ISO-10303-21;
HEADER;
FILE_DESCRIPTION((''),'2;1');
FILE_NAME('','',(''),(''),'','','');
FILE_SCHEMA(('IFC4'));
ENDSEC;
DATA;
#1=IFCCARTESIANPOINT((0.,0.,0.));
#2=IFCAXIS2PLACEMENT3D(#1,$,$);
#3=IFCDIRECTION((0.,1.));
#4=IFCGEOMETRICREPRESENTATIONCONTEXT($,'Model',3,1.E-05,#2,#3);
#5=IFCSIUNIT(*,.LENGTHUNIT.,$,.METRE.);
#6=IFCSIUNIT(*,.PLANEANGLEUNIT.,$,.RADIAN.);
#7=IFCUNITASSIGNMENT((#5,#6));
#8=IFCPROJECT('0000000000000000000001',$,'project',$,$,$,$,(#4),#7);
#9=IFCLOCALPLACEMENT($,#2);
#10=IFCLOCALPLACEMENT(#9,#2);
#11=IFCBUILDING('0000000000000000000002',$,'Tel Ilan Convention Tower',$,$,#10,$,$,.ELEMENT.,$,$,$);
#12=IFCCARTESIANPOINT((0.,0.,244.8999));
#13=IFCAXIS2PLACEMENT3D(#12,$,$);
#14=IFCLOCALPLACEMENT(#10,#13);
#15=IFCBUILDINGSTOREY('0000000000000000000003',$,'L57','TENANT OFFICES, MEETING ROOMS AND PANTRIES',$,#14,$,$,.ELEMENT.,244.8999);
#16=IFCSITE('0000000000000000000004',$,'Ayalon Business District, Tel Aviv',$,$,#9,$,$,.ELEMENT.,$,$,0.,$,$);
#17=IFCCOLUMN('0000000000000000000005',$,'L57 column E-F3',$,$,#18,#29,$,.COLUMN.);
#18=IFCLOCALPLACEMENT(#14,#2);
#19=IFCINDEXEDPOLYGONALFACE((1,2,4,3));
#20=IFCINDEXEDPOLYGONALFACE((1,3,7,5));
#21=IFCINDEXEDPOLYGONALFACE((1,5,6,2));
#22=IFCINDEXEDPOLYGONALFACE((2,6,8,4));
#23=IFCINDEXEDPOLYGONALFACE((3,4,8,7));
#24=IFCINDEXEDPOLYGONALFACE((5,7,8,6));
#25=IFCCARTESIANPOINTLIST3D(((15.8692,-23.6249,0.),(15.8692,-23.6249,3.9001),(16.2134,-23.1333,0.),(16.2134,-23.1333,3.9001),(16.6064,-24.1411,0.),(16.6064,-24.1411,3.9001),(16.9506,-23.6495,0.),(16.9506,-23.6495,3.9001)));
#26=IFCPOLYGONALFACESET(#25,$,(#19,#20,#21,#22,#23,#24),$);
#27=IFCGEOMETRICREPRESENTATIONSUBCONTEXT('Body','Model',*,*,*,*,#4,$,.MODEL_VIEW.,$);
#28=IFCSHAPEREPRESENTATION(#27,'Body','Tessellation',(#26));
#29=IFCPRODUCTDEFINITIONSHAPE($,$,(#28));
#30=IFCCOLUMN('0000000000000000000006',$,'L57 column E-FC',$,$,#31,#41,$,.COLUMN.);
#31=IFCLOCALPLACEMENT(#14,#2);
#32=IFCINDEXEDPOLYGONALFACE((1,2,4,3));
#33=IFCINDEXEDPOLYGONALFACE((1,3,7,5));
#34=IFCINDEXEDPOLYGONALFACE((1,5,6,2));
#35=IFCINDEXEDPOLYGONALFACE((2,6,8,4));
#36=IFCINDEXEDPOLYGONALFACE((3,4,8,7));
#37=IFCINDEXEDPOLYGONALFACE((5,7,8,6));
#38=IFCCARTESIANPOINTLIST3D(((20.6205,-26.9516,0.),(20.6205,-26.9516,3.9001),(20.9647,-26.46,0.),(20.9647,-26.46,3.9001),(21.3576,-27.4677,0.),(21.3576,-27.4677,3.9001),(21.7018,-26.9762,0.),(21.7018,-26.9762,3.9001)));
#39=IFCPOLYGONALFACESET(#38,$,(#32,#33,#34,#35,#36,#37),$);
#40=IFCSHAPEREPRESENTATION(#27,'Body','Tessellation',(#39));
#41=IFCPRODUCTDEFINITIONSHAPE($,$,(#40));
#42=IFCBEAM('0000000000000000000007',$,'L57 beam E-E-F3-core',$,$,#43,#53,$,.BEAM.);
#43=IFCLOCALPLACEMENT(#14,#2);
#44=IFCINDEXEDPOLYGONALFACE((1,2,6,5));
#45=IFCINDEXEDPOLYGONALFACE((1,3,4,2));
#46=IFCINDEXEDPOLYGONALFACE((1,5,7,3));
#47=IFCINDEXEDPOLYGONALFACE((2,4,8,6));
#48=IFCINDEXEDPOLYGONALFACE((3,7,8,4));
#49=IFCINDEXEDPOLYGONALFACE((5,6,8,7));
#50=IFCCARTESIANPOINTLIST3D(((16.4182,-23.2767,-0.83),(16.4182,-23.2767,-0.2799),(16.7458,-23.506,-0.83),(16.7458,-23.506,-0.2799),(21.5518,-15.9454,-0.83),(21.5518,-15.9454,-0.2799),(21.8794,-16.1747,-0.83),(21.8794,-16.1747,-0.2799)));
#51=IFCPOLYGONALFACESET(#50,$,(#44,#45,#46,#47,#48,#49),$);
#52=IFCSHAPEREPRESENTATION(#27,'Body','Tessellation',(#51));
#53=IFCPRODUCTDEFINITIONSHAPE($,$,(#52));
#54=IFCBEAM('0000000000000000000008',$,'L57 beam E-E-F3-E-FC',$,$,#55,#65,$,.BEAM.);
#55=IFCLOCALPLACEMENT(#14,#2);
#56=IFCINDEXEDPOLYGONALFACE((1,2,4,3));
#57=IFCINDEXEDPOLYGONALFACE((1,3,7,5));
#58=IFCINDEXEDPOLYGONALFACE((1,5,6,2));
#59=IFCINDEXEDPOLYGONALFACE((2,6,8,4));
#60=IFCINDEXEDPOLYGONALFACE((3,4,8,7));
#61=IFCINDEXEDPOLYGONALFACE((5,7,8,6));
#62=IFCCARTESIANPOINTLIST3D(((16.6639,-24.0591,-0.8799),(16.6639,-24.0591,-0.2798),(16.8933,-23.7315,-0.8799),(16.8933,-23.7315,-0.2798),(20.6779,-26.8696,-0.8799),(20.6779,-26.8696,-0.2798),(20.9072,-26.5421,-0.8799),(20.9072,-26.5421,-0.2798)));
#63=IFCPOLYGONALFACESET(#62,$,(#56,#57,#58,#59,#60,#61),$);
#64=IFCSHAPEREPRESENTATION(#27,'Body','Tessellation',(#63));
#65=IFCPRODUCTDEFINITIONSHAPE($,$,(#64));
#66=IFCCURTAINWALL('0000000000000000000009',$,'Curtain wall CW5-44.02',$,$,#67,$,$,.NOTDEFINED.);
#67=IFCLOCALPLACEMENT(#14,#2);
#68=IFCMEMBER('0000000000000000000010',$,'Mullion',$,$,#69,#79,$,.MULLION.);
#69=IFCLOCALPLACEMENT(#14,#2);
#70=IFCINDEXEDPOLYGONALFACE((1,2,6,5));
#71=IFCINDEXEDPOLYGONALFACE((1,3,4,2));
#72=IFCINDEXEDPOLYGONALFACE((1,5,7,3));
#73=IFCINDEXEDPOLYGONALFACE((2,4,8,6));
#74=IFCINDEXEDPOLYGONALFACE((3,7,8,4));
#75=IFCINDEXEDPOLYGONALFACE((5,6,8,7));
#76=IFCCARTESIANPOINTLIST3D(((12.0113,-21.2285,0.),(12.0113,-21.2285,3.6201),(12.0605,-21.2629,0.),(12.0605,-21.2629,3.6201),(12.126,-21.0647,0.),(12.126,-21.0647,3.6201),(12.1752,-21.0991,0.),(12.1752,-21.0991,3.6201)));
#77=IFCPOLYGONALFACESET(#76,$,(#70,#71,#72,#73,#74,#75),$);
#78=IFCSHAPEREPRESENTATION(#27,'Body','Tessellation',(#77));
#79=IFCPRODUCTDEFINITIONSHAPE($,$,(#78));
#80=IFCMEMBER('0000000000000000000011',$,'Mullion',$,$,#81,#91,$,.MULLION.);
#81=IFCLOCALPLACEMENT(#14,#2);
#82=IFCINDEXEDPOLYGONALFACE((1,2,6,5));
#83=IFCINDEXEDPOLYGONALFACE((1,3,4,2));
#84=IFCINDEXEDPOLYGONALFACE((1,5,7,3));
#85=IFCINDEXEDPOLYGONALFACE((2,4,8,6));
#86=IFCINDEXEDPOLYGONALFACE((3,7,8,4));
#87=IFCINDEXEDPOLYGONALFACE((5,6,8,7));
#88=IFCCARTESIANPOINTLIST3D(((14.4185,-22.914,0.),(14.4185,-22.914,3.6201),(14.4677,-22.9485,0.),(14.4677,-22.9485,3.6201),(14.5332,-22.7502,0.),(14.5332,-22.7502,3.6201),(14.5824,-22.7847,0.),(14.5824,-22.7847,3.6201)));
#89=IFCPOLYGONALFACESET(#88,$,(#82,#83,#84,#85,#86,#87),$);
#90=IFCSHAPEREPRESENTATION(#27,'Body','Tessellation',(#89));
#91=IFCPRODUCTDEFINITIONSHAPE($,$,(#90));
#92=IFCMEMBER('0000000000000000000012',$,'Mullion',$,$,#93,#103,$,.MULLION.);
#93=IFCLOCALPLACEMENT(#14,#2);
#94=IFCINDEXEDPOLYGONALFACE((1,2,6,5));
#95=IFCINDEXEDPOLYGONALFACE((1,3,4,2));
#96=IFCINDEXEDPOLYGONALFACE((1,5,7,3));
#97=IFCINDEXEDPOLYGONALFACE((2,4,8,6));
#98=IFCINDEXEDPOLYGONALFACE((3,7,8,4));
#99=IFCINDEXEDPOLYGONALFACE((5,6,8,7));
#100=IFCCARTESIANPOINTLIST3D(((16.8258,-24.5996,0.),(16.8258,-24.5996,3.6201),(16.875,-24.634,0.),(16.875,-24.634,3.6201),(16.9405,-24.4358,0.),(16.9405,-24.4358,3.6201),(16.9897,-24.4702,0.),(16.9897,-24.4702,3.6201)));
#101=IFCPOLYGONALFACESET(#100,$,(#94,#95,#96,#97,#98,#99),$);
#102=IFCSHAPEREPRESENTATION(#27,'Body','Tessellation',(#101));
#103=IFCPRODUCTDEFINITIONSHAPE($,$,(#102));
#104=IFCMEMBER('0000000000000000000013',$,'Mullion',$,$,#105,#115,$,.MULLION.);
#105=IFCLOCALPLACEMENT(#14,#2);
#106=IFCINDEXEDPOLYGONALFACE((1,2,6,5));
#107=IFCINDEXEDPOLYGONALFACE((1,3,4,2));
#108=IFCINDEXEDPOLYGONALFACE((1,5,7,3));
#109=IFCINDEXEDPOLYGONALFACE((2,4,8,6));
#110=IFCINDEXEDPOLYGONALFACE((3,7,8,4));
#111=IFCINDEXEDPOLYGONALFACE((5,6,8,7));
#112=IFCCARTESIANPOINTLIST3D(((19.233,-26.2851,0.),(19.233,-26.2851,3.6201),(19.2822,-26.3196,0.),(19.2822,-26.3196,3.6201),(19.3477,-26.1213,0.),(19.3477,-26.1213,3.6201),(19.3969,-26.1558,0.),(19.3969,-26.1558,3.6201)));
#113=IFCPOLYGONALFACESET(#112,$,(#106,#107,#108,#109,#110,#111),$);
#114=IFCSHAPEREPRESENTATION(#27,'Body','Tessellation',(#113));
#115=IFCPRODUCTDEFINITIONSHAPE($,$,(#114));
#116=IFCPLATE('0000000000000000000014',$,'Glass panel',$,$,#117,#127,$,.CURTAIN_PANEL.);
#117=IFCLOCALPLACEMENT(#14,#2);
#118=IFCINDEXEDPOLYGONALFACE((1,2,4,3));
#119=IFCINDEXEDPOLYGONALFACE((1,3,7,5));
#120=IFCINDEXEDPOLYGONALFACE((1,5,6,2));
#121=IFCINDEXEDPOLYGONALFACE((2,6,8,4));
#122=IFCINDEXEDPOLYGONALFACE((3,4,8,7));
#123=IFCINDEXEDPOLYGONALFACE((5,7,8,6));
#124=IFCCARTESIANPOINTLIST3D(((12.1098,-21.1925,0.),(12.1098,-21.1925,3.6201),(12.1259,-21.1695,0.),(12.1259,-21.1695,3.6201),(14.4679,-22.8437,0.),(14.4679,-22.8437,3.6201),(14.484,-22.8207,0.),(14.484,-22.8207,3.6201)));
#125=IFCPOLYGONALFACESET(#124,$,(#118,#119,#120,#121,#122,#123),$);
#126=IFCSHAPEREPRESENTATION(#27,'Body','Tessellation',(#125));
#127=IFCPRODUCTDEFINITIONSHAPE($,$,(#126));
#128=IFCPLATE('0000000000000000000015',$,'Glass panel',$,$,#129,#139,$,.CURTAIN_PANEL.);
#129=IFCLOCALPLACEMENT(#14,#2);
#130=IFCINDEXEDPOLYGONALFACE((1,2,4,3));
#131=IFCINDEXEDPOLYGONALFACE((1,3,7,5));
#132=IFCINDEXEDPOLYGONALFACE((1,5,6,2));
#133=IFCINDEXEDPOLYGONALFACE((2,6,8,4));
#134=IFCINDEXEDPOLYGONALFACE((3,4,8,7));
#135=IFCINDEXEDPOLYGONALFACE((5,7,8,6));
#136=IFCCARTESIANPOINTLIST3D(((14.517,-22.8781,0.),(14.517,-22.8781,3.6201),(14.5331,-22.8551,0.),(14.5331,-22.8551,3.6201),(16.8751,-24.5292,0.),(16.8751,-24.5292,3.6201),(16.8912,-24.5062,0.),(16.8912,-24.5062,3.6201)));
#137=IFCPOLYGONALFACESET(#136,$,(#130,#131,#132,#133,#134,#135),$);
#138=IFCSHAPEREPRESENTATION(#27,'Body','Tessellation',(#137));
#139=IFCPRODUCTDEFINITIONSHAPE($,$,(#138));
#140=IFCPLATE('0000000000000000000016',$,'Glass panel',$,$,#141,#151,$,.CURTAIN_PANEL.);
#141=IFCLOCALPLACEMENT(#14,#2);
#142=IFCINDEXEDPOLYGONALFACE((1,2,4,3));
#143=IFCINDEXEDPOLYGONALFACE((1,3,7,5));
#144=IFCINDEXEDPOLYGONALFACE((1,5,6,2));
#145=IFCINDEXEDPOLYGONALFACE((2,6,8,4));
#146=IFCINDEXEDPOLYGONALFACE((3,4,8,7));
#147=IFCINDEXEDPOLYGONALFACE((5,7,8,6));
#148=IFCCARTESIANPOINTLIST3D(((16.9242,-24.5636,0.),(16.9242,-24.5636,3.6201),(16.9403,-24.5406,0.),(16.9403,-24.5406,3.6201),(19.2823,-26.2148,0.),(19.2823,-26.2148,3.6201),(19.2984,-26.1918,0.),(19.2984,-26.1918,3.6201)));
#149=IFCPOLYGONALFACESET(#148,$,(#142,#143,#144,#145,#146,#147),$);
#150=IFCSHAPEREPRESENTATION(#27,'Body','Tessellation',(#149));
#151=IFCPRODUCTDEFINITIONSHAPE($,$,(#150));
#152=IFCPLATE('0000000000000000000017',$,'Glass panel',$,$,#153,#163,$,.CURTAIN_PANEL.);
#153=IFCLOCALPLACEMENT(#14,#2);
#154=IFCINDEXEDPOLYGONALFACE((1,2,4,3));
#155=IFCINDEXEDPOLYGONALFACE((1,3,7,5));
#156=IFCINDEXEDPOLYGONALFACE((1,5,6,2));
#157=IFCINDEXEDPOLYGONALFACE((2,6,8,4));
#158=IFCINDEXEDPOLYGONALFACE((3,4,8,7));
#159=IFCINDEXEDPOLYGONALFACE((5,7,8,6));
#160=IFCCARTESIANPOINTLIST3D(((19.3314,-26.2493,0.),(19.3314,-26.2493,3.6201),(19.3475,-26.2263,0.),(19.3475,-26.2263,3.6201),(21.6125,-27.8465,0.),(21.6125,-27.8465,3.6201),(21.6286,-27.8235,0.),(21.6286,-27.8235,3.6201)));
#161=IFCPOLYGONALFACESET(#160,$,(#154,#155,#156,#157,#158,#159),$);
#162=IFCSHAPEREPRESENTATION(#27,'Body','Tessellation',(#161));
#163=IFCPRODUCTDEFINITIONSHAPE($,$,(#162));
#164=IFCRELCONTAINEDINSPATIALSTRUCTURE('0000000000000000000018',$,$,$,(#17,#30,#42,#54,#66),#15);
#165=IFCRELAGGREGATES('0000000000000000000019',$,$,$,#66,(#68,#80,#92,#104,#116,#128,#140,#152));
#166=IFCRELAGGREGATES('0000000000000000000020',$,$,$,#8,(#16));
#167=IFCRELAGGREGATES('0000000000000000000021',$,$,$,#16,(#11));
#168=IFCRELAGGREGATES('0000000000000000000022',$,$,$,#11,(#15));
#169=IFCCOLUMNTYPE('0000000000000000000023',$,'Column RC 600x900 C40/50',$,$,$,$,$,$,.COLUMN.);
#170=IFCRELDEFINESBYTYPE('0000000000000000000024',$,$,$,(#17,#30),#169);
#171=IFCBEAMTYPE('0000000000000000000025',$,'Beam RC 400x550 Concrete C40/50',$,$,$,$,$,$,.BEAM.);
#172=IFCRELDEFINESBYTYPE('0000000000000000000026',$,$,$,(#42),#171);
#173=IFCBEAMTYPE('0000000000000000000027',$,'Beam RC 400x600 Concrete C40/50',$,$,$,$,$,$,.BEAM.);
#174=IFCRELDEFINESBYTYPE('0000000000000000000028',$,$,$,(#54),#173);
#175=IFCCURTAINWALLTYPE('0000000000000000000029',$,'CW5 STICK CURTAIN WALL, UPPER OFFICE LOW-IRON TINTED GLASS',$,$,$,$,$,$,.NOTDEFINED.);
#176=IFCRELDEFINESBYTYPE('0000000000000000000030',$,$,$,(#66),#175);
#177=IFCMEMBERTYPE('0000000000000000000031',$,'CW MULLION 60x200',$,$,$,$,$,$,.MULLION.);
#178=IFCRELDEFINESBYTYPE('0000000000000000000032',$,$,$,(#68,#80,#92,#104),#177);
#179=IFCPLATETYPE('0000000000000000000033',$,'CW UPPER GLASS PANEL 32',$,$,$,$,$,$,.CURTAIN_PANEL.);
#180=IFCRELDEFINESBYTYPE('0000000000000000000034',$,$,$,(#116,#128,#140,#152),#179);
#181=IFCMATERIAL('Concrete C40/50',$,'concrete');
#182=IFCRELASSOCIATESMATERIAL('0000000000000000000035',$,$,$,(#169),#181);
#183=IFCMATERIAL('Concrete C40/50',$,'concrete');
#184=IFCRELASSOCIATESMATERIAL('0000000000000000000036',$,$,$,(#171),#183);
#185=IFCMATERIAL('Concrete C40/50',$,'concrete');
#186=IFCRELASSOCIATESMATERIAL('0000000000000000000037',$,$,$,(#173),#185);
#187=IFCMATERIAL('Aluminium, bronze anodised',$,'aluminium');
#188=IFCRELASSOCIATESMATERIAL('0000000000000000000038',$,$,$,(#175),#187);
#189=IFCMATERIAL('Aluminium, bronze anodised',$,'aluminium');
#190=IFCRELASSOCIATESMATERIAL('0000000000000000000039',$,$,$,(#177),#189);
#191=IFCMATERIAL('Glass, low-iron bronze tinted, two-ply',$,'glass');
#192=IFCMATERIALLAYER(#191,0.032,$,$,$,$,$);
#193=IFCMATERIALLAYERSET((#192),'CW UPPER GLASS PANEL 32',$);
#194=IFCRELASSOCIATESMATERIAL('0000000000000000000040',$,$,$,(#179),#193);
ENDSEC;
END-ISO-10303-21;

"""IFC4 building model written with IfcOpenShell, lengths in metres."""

from ifc_helpers import new_model, si_unit, direction, frame, origin, origin_2d, place, context, subcontext, project, spatial, rectangle, extrude, material, layer, layer_set, material_profile, profile_set, type_object, element, aggregate, save


model = new_model("IFC4")

# Units and contexts
model_context = context("Model", 3, precision=1e-05, world=origin(), true_north=direction((0.0, 1.0)))
body_context = subcontext(model_context, "Body", "Model", "MODEL_VIEW")
ifc_project = project(units=[si_unit("LENGTHUNIT", "METRE"), si_unit("PLANEANGLEUNIT", "RADIAN")], contexts=[model_context])

# Site, building, storey
site_placement = place(None, origin())
site = spatial("IfcSite", under=ifc_project, at=site_placement, Name="Ayalon Business District, Tel Aviv", CompositionType="ELEMENT", RefElevation=0.0)
building_placement = place(site_placement, origin())
building = spatial("IfcBuilding", under=site, at=building_placement, Name="Tel Ilan Convention Tower", CompositionType="ELEMENT")
storey_placement = place(building_placement, frame((0.0, 0.0, 244.8999)))
storey = spatial("IfcBuildingStorey", under=building, at=storey_placement, Name="L57", Description="TENANT OFFICES, MEETING ROOMS AND PANTRIES", CompositionType="ELEMENT", Elevation=244.8999)

# Columns
ifc_material_1 = material(Name="Concrete C40/50", Category="concrete")
ifc_material_profile_1 = material_profile(ifc_material_1, rectangle(XDim=0.8999, YDim=0.6001, at=origin_2d()), Name="RC 600x900")
ifc_profile_set_1 = profile_set([ifc_material_profile_1], Name="Concrete C40/50")
column_type = type_object("IfcColumnType", Name="Column RC 600x900 C40/50", PredefinedType="COLUMN", material=ifc_profile_set_1)
for number, where, z_axis, x_axis, name in (
    (1, (16.4099, -23.6372, 0.0), (0.0, 0.0, 1.0), (0.819152, -0.573576, 0.0), "L57 column E-F3"),
    (2, (21.1611, -26.9639, 0.0), (0.0, 0.0, 1.0), (0.819152, -0.573576, 0.0), "L57 column E-FC"),
):
    element("IfcColumn", number, at=place(storey_placement, frame(where, z_axis=z_axis, x_axis=x_axis)), inside=storey, type_object=column_type, Name=name, PredefinedType="COLUMN", context=body_context, shape_type="SweptSolid", body=[
        extrude(rectangle(XDim=0.8999, YDim=0.6001, at=origin_2d()), origin(), (0.0, 0.0, 1.0), 3.9001),
    ])

# Beams
ifc_material_2 = material(Name="Concrete C40/50", Category="concrete")
ifc_material_profile_2 = material_profile(ifc_material_2, rectangle(XDim=0.3999, YDim=0.55, at=origin_2d()), Name="RC 400x550")
ifc_profile_set_2 = profile_set([ifc_material_profile_2], Name="Concrete C40/50")
beam_type_1 = type_object("IfcBeamType", Name="Beam RC 400x550 Concrete C40/50", PredefinedType="BEAM", material=ifc_profile_set_2)
beam_1_placement = place(storey_placement, frame((16.582, -23.3914, -0.5549), z_axis=(0.573585, 0.819146, 0.0), x_axis=(-0.819146, 0.573585, 0.0)))
element("IfcBeam", 3, at=beam_1_placement, inside=storey, type_object=beam_type_1, Name="L57 beam E-E-F3-core", PredefinedType="BEAM", context=body_context, shape_type="SweptSolid", body=[
    extrude(rectangle(XDim=0.3999, YDim=0.55, at=origin_2d()), origin(), (0.0, 0.0, 1.0), 8.95),
])
ifc_material_3 = material(Name="Concrete C40/50", Category="concrete")
ifc_material_profile_3 = material_profile(ifc_material_3, rectangle(XDim=0.3999, YDim=0.6001, at=origin_2d()), Name="RC 400x600")
ifc_profile_set_3 = profile_set([ifc_material_profile_3], Name="Concrete C40/50")
beam_type_2 = type_object("IfcBeamType", Name="Beam RC 400x600 Concrete C40/50", PredefinedType="BEAM", material=ifc_profile_set_3)
beam_2_placement = place(storey_placement, frame((16.7786, -23.8953, -0.5798), z_axis=(0.819155, -0.573573, 0.0), x_axis=(0.573573, 0.819155, 0.0)))
element("IfcBeam", 4, at=beam_2_placement, inside=storey, type_object=beam_type_2, Name="L57 beam E-E-F3-E-FC", PredefinedType="BEAM", context=body_context, shape_type="SweptSolid", body=[
    extrude(rectangle(XDim=0.3999, YDim=0.6001, at=origin_2d()), origin(), (0.0, 0.0, 1.0), 4.9001),
])

# Curtain wall, members, plates
ifc_material_4 = material(Name="Aluminium, bronze anodised", Category="aluminium")
curtain_wall_type = type_object("IfcCurtainWallType", Name="CW5 STICK CURTAIN WALL, UPPER OFFICE LOW-IRON TINTED GLASS", PredefinedType="NOTDEFINED", material=ifc_material_4)
curtain_wall_placement = place(storey_placement, origin())
curtain_wall = element("IfcCurtainWall", 5, at=curtain_wall_placement, inside=storey, type_object=curtain_wall_type, Name="Curtain wall CW5-44.02", PredefinedType="NOTDEFINED")
ifc_material_5 = material(Name="Aluminium, bronze anodised", Category="aluminium")
ifc_material_profile_4 = material_profile(ifc_material_5, rectangle(XDim=0.0601, YDim=0.2, at=origin_2d()), Name="CW MULLION 60x200")
ifc_profile_set_4 = profile_set([ifc_material_profile_4], Name="Aluminium, bronze anodised")
member_type = type_object("IfcMemberType", Name="CW MULLION 60x200", PredefinedType="MULLION", material=ifc_profile_set_4)
member_1_placement = place(storey_placement, frame((12.0933, -21.1638, 0.0), z_axis=(0.0, 0.0, 1.0), x_axis=(0.819152, -0.573576, 0.0)))
member_1 = element("IfcMember", 6, at=member_1_placement, type_object=member_type, Name="Mullion", PredefinedType="MULLION", context=body_context, shape_type="SweptSolid", body=[
    extrude(rectangle(XDim=0.0601, YDim=0.2, at=origin_2d()), origin(), (0.0, 0.0, 1.0), 3.6201),
])
member_2_placement = place(storey_placement, frame((14.5005, -22.8494, 0.0), z_axis=(0.0, 0.0, 1.0), x_axis=(0.819152, -0.573576, 0.0)))
member_2 = element("IfcMember", 7, at=member_2_placement, type_object=member_type, Name="Mullion", PredefinedType="MULLION", context=body_context, shape_type="SweptSolid", body=[
    extrude(rectangle(XDim=0.0601, YDim=0.2, at=origin_2d()), origin(), (0.0, 0.0, 1.0), 3.6201),
])
member_3_placement = place(storey_placement, frame((16.9077, -24.5349, 0.0), z_axis=(0.0, 0.0, 1.0), x_axis=(0.819152, -0.573576, 0.0)))
member_3 = element("IfcMember", 8, at=member_3_placement, type_object=member_type, Name="Mullion", PredefinedType="MULLION", context=body_context, shape_type="SweptSolid", body=[
    extrude(rectangle(XDim=0.0601, YDim=0.2, at=origin_2d()), origin(), (0.0, 0.0, 1.0), 3.6201),
])
member_4_placement = place(storey_placement, frame((19.3149, -26.2205, 0.0), z_axis=(0.0, 0.0, 1.0), x_axis=(0.819152, -0.573576, 0.0)))
member_4 = element("IfcMember", 9, at=member_4_placement, type_object=member_type, Name="Mullion", PredefinedType="MULLION", context=body_context, shape_type="SweptSolid", body=[
    extrude(rectangle(XDim=0.0601, YDim=0.2, at=origin_2d()), origin(), (0.0, 0.0, 1.0), 3.6201),
])
ifc_material_6 = material(Name="Glass, low-iron bronze tinted, two-ply", Category="glass")
ifc_layer_1 = layer(ifc_material_6, 0.032)
ifc_layer_set_1 = layer_set([ifc_layer_1], Name="CW UPPER GLASS PANEL 32")
plate_type = type_object("IfcPlateType", Name="CW UPPER GLASS PANEL 32", PredefinedType="CURTAIN_PANEL", material=ifc_layer_set_1)
plate_1_placement = place(storey_placement, frame((13.2969, -22.0066, 0.0), z_axis=(0.0, 0.0, 1.0), x_axis=(0.819152, -0.573576, 0.0)))
plate_1 = element("IfcPlate", 10, at=plate_1_placement, type_object=plate_type, Name="Glass panel", PredefinedType="CURTAIN_PANEL", context=body_context, shape_type="SweptSolid", body=[
    extrude(rectangle(XDim=2.8787, YDim=0.0281, at=origin_2d()), origin(), (0.0, 0.0, 1.0), 3.6201),
])
plate_2_placement = place(storey_placement, frame((15.7041, -23.6921, 0.0), z_axis=(0.0, 0.0, 1.0), x_axis=(0.819152, -0.573576, 0.0)))
plate_2 = element("IfcPlate", 11, at=plate_2_placement, type_object=plate_type, Name="Glass panel", PredefinedType="CURTAIN_PANEL", context=body_context, shape_type="SweptSolid", body=[
    extrude(rectangle(XDim=2.8787, YDim=0.0281, at=origin_2d()), origin(), (0.0, 0.0, 1.0), 3.6201),
])
plate_3_placement = place(storey_placement, frame((18.1113, -25.3777, 0.0), z_axis=(0.0, 0.0, 1.0), x_axis=(0.819152, -0.573576, 0.0)))
plate_3 = element("IfcPlate", 12, at=plate_3_placement, type_object=plate_type, Name="Glass panel", PredefinedType="CURTAIN_PANEL", context=body_context, shape_type="SweptSolid", body=[
    extrude(rectangle(XDim=2.8787, YDim=0.0281, at=origin_2d()), origin(), (0.0, 0.0, 1.0), 3.6201),
])
plate_4_placement = place(storey_placement, frame((20.48, -27.0364, 0.0), z_axis=(0.0, 0.0, 1.0), x_axis=(0.819152, -0.573576, 0.0)))
plate_4 = element("IfcPlate", 13, at=plate_4_placement, type_object=plate_type, Name="Glass panel", PredefinedType="CURTAIN_PANEL", context=body_context, shape_type="SweptSolid", body=[
    extrude(rectangle(XDim=2.7847, YDim=0.0281, at=origin_2d()), origin(), (0.0, 0.0, 1.0), 3.6201),
])
aggregate(curtain_wall, [member_1, member_2, member_3, member_4, plate_1, plate_2, plate_3, plate_4])

save(model, "model.ifc")
